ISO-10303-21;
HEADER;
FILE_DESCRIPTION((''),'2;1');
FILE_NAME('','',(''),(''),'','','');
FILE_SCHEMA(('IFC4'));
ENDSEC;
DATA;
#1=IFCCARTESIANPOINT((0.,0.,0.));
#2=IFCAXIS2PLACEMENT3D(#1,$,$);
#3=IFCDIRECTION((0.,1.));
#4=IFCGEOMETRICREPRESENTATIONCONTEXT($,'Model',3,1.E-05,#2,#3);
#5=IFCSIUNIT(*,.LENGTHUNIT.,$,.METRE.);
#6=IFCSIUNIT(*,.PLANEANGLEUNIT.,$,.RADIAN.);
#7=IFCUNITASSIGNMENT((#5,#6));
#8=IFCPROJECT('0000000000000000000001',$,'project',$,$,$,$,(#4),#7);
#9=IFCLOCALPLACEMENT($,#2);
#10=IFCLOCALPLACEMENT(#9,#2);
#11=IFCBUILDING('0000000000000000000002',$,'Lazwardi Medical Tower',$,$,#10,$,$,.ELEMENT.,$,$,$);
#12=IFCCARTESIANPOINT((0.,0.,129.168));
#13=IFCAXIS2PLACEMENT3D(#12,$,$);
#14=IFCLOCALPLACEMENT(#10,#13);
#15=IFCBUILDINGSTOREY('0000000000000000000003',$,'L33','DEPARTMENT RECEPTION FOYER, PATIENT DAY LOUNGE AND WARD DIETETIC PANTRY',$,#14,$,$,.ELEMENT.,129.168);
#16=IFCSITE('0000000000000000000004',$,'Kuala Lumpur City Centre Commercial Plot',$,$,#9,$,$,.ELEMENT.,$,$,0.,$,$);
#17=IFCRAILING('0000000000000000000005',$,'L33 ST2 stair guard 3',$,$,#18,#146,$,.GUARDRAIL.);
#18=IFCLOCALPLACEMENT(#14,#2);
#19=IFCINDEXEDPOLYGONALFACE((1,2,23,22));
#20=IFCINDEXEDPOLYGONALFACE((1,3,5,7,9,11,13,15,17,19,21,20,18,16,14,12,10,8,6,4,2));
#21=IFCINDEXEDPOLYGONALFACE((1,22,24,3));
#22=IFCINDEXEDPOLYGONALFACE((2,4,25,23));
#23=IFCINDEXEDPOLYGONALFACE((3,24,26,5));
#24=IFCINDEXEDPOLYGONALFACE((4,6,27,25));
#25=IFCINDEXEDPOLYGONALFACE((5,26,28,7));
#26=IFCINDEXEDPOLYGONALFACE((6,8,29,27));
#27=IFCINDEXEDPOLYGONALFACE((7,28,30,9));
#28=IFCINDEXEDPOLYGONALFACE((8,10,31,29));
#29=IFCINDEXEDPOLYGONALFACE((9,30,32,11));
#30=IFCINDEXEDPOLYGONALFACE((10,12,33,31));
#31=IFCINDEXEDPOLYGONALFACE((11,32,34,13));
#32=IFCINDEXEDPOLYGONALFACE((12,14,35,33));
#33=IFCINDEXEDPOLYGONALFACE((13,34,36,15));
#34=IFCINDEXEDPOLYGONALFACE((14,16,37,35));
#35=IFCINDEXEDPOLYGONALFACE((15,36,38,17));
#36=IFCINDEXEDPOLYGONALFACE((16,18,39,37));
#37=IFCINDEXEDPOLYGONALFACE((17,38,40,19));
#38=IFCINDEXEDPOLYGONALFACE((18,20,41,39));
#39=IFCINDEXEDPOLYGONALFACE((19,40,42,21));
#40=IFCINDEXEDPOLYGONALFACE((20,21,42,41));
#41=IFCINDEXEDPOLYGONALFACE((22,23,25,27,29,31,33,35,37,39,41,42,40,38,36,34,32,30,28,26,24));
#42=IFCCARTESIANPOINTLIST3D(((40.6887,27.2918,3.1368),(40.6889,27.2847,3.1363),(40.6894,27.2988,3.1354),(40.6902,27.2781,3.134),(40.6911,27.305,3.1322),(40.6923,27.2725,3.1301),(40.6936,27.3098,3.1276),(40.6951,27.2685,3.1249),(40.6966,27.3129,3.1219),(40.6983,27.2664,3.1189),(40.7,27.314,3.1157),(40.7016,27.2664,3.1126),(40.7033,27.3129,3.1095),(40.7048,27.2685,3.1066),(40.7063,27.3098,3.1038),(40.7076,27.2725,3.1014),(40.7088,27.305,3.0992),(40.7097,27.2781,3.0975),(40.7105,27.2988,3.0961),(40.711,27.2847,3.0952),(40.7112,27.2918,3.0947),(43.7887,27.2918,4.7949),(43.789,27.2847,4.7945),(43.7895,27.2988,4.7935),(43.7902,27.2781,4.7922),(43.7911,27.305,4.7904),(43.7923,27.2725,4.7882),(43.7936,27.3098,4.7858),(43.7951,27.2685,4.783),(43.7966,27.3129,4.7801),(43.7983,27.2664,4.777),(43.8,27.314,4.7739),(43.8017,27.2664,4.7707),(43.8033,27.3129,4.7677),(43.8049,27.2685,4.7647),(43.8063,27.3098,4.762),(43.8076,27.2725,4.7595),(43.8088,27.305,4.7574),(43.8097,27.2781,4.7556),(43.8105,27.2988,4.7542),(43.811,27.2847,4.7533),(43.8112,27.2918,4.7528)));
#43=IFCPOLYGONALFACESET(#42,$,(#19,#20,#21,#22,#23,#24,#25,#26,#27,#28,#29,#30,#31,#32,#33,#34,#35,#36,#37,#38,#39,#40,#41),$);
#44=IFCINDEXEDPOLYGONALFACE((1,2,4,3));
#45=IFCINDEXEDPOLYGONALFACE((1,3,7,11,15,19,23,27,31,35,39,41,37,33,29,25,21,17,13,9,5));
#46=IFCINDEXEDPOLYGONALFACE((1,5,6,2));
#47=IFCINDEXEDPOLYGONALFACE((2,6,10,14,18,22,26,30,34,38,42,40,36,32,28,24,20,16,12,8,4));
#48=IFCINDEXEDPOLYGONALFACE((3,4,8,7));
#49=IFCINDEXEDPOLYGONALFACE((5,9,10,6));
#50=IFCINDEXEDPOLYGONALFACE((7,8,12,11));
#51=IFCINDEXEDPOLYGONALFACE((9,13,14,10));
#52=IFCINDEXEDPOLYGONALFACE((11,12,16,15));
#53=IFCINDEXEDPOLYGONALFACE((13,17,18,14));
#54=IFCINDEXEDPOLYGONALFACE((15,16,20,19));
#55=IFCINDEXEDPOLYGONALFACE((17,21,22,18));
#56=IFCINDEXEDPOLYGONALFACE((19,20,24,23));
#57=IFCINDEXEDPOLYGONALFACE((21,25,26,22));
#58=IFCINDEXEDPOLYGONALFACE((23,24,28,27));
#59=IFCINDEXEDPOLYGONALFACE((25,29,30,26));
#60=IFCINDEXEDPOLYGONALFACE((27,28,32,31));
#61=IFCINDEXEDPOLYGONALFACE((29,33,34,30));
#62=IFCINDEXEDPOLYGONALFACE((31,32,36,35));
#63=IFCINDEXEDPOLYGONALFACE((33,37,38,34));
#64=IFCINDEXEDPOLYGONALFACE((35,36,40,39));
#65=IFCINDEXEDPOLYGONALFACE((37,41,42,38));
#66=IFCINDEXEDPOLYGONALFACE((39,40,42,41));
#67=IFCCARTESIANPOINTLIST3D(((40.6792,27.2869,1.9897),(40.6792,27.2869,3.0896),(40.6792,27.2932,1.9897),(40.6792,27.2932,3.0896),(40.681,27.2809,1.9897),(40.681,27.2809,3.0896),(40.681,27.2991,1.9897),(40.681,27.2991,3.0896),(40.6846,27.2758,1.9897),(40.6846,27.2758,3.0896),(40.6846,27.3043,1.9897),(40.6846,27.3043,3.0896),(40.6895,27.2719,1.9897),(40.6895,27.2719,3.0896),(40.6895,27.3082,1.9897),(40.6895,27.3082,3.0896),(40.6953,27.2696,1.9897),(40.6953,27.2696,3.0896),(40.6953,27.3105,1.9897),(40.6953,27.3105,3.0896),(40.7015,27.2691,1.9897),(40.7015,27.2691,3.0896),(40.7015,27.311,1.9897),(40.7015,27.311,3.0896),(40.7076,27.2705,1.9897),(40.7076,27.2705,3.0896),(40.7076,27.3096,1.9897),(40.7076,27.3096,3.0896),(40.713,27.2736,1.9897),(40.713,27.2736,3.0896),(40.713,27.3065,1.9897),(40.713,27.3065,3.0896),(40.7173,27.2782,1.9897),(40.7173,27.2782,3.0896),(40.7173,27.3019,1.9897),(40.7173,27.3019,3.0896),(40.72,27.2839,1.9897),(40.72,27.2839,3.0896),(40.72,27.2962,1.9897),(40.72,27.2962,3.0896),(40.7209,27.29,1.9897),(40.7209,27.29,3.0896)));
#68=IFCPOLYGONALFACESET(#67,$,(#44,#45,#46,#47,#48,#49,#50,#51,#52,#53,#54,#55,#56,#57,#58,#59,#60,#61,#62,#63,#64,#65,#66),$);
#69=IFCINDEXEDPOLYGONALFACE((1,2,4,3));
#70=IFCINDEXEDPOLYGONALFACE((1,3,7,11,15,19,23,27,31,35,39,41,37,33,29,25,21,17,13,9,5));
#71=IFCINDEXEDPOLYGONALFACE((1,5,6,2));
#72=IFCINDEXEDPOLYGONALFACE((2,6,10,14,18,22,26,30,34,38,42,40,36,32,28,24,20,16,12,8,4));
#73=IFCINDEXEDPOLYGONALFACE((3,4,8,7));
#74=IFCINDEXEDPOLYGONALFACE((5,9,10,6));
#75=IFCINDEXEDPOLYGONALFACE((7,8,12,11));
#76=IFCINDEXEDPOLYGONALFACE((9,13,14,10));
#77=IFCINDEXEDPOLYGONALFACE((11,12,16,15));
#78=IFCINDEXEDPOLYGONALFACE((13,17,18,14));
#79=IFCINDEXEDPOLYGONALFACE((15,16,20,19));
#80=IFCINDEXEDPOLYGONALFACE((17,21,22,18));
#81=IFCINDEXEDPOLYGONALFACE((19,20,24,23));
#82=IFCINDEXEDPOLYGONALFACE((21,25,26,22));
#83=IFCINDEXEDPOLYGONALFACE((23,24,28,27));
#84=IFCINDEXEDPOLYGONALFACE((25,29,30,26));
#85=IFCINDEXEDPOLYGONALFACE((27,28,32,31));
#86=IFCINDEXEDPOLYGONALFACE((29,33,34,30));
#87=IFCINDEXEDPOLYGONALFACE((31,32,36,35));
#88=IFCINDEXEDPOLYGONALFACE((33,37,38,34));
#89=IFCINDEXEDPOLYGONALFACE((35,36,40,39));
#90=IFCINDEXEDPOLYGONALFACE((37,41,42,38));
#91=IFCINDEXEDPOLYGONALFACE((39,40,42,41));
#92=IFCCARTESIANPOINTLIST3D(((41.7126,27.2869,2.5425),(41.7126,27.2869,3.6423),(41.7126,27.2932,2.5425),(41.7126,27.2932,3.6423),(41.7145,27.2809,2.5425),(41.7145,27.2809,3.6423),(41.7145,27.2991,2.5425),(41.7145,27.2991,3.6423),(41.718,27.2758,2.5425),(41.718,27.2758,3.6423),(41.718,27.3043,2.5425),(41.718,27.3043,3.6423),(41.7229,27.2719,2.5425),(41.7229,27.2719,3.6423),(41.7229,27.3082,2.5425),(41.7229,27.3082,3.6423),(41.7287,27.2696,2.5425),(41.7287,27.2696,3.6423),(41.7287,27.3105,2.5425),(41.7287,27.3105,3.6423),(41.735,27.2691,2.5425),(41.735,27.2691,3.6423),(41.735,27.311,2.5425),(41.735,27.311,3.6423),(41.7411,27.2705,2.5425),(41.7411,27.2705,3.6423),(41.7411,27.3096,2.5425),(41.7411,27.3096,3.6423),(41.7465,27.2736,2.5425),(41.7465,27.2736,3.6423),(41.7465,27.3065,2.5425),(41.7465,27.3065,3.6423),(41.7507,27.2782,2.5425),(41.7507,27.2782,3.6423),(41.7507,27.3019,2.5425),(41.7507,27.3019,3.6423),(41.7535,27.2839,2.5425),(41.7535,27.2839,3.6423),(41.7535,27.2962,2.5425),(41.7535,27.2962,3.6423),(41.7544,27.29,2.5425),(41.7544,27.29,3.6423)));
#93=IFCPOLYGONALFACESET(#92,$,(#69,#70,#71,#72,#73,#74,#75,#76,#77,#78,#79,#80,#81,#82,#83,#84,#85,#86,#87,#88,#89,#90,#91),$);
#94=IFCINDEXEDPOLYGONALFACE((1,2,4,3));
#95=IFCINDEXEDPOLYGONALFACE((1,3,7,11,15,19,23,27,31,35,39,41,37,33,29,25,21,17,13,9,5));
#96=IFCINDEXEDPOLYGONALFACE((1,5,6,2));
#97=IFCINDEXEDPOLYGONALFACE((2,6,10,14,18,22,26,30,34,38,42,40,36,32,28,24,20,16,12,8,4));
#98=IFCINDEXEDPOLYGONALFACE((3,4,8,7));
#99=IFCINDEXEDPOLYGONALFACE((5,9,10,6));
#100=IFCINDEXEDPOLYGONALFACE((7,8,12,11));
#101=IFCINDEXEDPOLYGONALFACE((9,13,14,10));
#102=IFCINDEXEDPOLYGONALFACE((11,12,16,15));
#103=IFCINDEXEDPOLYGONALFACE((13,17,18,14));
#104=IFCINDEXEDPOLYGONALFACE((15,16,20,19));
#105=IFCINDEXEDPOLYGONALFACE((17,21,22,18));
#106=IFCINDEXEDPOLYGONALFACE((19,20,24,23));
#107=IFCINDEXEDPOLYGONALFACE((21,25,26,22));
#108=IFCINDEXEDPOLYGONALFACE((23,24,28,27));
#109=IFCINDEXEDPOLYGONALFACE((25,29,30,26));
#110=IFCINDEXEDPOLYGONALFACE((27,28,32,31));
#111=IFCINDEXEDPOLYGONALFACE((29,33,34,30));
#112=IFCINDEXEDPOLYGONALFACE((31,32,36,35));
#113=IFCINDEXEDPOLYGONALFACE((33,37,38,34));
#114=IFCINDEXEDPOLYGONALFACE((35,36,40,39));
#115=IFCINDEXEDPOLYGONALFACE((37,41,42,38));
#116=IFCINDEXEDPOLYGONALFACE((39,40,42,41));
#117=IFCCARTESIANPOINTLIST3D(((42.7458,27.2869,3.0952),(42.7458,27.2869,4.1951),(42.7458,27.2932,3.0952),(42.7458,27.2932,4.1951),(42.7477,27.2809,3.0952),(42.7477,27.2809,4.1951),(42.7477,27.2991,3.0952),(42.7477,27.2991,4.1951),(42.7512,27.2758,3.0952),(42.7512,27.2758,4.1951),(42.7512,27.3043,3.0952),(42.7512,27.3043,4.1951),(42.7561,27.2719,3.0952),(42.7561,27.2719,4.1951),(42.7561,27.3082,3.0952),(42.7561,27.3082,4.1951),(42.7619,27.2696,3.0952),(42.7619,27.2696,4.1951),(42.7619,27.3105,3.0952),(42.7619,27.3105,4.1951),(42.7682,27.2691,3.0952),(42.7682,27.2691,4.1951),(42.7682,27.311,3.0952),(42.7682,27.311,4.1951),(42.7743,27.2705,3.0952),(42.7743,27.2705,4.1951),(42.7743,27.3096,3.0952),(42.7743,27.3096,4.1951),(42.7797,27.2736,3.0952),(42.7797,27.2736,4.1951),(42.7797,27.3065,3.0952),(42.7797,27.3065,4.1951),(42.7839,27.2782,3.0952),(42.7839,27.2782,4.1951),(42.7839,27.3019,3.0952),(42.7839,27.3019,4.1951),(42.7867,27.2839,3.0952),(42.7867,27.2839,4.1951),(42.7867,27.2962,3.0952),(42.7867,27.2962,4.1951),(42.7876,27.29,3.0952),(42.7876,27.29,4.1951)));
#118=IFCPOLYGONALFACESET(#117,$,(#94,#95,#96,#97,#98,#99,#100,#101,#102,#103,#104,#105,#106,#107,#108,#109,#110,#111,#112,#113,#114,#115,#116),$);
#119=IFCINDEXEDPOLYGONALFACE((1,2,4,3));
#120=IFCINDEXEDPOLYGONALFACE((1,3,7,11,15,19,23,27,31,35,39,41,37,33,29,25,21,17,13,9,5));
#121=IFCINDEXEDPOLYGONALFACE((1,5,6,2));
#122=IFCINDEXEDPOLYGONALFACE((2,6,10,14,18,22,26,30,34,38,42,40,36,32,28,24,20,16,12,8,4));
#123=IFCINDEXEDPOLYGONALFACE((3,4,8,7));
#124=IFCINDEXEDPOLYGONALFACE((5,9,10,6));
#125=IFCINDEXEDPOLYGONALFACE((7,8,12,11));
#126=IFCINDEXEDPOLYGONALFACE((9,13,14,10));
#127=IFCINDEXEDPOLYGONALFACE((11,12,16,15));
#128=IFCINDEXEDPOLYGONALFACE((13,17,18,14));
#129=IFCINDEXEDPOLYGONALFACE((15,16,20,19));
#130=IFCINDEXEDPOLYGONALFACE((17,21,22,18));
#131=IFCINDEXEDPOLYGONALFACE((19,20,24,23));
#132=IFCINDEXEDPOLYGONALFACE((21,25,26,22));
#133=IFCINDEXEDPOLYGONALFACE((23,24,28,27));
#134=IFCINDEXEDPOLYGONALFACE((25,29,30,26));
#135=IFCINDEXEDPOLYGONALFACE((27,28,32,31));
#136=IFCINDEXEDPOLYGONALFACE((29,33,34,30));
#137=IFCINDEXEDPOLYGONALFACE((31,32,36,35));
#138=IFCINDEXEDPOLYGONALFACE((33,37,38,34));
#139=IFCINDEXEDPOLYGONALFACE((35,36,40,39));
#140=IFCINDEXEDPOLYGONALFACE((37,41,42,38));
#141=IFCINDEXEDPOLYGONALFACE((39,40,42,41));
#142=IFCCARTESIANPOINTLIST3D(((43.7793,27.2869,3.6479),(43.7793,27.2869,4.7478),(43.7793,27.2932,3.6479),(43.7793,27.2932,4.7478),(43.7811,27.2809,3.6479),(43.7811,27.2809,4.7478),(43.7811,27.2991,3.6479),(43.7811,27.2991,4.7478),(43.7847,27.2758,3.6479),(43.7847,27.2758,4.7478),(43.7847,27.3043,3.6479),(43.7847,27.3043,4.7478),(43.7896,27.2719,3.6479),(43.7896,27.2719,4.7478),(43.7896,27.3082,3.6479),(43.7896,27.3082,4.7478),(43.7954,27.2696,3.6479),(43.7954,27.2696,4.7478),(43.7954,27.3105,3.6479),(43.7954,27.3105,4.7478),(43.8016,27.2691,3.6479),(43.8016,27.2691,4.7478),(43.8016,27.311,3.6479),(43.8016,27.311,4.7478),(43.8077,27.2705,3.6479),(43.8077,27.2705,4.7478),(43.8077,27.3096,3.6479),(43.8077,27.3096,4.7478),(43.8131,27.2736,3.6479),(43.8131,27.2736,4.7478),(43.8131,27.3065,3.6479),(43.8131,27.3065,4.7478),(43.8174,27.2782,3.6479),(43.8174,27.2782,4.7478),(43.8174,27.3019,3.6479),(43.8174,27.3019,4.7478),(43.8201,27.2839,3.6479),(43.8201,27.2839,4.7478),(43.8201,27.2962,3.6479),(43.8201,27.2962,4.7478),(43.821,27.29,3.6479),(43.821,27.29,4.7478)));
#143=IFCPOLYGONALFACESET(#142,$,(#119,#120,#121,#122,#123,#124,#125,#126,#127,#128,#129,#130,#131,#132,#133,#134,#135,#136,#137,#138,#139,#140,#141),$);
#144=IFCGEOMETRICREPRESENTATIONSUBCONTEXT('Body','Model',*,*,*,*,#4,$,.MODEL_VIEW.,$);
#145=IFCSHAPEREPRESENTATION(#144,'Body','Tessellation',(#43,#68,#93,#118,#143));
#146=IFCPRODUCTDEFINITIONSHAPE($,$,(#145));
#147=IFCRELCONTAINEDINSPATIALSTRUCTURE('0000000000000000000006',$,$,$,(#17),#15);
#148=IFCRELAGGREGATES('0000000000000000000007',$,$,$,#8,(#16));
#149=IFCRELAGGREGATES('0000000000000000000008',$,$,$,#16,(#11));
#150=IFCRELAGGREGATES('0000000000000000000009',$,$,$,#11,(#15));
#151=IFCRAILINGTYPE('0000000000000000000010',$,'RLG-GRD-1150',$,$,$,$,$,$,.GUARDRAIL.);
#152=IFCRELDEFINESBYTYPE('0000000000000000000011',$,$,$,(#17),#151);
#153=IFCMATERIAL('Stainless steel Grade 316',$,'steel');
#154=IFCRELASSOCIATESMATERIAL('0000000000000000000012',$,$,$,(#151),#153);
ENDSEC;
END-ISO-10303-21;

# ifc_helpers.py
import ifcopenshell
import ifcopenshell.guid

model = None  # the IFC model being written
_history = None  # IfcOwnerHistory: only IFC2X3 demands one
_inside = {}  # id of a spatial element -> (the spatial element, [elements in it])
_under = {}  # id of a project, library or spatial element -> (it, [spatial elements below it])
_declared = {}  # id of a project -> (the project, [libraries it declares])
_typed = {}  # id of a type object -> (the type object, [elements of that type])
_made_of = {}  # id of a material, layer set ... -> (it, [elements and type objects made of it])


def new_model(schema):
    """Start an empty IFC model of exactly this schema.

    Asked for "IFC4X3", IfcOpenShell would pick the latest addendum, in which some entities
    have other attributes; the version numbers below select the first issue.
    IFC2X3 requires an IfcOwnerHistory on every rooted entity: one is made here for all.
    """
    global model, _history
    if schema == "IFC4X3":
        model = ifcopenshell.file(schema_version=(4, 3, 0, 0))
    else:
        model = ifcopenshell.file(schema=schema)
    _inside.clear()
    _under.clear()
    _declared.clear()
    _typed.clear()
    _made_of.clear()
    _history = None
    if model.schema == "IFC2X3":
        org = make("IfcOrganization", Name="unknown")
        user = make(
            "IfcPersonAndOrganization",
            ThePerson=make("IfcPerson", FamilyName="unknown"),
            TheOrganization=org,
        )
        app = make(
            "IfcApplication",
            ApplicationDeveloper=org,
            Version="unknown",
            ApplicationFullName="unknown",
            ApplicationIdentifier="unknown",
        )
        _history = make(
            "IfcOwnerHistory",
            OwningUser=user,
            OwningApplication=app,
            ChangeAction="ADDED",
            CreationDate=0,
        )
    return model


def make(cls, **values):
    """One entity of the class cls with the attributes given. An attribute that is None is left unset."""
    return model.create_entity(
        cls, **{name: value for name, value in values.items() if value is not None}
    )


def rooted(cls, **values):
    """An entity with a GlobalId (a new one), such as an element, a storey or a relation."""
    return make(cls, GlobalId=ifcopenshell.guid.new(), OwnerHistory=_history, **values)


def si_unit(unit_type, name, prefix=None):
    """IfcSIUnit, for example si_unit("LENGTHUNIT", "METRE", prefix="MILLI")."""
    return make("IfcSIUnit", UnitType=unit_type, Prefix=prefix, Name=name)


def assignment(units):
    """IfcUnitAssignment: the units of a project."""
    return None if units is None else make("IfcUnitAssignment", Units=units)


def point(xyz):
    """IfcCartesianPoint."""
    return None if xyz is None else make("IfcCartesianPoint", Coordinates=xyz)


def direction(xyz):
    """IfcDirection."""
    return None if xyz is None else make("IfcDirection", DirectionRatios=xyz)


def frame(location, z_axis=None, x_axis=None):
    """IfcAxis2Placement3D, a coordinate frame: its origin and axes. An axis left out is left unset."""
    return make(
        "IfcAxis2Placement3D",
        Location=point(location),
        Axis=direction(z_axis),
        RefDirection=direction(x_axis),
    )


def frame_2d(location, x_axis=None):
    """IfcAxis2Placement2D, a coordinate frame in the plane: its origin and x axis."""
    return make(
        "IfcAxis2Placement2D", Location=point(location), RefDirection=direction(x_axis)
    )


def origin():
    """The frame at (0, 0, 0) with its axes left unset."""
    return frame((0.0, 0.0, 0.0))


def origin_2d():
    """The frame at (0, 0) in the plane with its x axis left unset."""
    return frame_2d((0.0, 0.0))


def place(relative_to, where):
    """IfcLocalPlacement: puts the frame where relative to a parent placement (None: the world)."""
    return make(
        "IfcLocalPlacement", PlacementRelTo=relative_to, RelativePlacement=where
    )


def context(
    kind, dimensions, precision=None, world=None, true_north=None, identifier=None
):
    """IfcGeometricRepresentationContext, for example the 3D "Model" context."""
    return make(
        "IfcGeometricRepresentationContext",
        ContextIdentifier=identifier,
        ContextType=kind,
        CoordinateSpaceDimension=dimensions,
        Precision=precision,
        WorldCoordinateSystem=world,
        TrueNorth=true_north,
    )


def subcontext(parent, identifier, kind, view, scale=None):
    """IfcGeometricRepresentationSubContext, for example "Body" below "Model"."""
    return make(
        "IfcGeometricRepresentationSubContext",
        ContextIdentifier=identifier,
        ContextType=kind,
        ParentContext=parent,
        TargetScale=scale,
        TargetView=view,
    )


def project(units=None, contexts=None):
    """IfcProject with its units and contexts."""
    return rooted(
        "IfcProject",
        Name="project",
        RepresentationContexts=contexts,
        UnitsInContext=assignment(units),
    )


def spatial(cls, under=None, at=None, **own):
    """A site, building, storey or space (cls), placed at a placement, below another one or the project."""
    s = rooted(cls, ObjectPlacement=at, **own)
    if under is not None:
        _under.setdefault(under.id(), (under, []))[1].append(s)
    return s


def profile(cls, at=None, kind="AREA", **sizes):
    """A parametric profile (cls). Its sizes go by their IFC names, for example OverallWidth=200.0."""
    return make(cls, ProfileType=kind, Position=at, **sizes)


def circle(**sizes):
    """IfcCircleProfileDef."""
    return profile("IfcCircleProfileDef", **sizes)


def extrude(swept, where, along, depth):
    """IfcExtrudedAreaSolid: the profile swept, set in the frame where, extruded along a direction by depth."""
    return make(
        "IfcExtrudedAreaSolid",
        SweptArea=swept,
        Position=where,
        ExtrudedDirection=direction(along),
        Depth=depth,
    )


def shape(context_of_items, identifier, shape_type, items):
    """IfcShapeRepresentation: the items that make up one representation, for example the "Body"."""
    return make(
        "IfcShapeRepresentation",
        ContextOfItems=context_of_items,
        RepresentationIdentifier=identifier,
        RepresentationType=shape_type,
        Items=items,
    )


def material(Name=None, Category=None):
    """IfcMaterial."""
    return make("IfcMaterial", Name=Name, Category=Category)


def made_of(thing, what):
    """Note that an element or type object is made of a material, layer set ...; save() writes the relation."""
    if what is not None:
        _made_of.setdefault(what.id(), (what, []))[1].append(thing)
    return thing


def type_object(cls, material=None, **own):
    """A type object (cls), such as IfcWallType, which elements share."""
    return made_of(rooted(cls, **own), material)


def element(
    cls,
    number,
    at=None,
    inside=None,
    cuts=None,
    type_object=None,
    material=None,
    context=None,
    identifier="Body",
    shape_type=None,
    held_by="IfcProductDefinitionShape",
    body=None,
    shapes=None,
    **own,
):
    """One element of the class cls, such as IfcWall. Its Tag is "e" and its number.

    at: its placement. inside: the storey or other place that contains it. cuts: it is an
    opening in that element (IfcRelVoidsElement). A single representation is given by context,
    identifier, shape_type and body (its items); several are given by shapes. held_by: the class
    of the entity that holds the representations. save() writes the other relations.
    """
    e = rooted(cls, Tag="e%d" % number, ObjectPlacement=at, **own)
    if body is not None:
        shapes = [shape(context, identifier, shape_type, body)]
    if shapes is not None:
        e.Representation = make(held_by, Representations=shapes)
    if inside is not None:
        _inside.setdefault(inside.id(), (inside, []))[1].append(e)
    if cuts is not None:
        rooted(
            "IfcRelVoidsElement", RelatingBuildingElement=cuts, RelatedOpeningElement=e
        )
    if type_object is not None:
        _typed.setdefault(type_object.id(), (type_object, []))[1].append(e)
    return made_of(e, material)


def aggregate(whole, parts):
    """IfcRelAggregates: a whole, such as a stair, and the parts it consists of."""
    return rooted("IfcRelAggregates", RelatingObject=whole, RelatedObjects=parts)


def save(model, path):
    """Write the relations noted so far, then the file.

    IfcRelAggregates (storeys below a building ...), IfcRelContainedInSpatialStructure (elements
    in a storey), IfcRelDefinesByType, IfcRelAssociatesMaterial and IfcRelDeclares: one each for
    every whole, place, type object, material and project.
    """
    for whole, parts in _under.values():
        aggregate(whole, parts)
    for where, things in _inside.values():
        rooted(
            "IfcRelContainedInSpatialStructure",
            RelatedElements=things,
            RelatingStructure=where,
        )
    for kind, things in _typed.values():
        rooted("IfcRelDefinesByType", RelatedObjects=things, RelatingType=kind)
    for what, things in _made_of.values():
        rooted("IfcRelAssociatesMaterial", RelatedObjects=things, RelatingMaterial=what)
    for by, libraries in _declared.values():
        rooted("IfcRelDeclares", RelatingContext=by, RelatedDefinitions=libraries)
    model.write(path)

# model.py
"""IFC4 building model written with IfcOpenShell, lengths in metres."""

from ifc_helpers import new_model, si_unit, direction, frame, origin, origin_2d, place, context, subcontext, project, spatial, circle, extrude, material, type_object, element, save


model = new_model("IFC4")

# Units and contexts
model_context = context("Model", 3, precision=1e-05, world=origin(), true_north=direction((0.0, 1.0)))
body_context = subcontext(model_context, "Body", "Model", "MODEL_VIEW")
ifc_project = project(units=[si_unit("LENGTHUNIT", "METRE"), si_unit("PLANEANGLEUNIT", "RADIAN")], contexts=[model_context])

# Site, building, storey
site_placement = place(None, origin())
site = spatial("IfcSite", under=ifc_project, at=site_placement, Name="Kuala Lumpur City Centre Commercial Plot", CompositionType="ELEMENT", RefElevation=0.0)
building_placement = place(site_placement, origin())
building = spatial("IfcBuilding", under=site, at=building_placement, Name="Lazwardi Medical Tower", CompositionType="ELEMENT")
storey_placement = place(building_placement, frame((0.0, 0.0, 129.168)))
storey = spatial("IfcBuildingStorey", under=building, at=storey_placement, Name="L33", Description="DEPARTMENT RECEPTION FOYER, PATIENT DAY LOUNGE AND WARD DIETETIC PANTRY", CompositionType="ELEMENT", Elevation=129.168)

# Railing
ifc_material_1 = material(Name="Stainless steel Grade 316", Category="steel")
railing_type_1 = type_object("IfcRailingType", Name="RLG-GRD-1150", PredefinedType="GUARDRAIL", material=ifc_material_1)
railing_1_placement = place(storey_placement, frame((40.7, 27.29, 1.9897)))
element("IfcRailing", 1, at=railing_1_placement, inside=storey, type_object=railing_type_1, Name="L33 ST2 stair guard 3", PredefinedType="GUARDRAIL", context=body_context, shape_type="SweptSolid", body=[
    extrude(circle(Radius=0.0239, at=origin_2d()), frame((0.0, 0.0, 1.126), z_axis=(0.881783, 0.0, 0.471655), x_axis=(0.0, 1.0, 0.0)), (0.0, 0.0, 1.0), 3.5156),
    extrude(circle(Radius=0.021, at=origin_2d()), origin(), (0.0, 0.0, 1.0), 1.0999),
    extrude(circle(Radius=0.021, at=origin_2d()), frame((1.0334, 0.0, 0.5527)), (0.0, 0.0, 1.0), 1.0999),
    extrude(circle(Radius=0.021, at=origin_2d()), frame((2.0667, 0.0, 1.1055)), (0.0, 0.0, 1.0), 1.0999),
    extrude(circle(Radius=0.021, at=origin_2d()), frame((3.1001, 0.0, 1.6582)), (0.0, 0.0, 1.0), 1.0999),
])

save(model, "model.ifc")
